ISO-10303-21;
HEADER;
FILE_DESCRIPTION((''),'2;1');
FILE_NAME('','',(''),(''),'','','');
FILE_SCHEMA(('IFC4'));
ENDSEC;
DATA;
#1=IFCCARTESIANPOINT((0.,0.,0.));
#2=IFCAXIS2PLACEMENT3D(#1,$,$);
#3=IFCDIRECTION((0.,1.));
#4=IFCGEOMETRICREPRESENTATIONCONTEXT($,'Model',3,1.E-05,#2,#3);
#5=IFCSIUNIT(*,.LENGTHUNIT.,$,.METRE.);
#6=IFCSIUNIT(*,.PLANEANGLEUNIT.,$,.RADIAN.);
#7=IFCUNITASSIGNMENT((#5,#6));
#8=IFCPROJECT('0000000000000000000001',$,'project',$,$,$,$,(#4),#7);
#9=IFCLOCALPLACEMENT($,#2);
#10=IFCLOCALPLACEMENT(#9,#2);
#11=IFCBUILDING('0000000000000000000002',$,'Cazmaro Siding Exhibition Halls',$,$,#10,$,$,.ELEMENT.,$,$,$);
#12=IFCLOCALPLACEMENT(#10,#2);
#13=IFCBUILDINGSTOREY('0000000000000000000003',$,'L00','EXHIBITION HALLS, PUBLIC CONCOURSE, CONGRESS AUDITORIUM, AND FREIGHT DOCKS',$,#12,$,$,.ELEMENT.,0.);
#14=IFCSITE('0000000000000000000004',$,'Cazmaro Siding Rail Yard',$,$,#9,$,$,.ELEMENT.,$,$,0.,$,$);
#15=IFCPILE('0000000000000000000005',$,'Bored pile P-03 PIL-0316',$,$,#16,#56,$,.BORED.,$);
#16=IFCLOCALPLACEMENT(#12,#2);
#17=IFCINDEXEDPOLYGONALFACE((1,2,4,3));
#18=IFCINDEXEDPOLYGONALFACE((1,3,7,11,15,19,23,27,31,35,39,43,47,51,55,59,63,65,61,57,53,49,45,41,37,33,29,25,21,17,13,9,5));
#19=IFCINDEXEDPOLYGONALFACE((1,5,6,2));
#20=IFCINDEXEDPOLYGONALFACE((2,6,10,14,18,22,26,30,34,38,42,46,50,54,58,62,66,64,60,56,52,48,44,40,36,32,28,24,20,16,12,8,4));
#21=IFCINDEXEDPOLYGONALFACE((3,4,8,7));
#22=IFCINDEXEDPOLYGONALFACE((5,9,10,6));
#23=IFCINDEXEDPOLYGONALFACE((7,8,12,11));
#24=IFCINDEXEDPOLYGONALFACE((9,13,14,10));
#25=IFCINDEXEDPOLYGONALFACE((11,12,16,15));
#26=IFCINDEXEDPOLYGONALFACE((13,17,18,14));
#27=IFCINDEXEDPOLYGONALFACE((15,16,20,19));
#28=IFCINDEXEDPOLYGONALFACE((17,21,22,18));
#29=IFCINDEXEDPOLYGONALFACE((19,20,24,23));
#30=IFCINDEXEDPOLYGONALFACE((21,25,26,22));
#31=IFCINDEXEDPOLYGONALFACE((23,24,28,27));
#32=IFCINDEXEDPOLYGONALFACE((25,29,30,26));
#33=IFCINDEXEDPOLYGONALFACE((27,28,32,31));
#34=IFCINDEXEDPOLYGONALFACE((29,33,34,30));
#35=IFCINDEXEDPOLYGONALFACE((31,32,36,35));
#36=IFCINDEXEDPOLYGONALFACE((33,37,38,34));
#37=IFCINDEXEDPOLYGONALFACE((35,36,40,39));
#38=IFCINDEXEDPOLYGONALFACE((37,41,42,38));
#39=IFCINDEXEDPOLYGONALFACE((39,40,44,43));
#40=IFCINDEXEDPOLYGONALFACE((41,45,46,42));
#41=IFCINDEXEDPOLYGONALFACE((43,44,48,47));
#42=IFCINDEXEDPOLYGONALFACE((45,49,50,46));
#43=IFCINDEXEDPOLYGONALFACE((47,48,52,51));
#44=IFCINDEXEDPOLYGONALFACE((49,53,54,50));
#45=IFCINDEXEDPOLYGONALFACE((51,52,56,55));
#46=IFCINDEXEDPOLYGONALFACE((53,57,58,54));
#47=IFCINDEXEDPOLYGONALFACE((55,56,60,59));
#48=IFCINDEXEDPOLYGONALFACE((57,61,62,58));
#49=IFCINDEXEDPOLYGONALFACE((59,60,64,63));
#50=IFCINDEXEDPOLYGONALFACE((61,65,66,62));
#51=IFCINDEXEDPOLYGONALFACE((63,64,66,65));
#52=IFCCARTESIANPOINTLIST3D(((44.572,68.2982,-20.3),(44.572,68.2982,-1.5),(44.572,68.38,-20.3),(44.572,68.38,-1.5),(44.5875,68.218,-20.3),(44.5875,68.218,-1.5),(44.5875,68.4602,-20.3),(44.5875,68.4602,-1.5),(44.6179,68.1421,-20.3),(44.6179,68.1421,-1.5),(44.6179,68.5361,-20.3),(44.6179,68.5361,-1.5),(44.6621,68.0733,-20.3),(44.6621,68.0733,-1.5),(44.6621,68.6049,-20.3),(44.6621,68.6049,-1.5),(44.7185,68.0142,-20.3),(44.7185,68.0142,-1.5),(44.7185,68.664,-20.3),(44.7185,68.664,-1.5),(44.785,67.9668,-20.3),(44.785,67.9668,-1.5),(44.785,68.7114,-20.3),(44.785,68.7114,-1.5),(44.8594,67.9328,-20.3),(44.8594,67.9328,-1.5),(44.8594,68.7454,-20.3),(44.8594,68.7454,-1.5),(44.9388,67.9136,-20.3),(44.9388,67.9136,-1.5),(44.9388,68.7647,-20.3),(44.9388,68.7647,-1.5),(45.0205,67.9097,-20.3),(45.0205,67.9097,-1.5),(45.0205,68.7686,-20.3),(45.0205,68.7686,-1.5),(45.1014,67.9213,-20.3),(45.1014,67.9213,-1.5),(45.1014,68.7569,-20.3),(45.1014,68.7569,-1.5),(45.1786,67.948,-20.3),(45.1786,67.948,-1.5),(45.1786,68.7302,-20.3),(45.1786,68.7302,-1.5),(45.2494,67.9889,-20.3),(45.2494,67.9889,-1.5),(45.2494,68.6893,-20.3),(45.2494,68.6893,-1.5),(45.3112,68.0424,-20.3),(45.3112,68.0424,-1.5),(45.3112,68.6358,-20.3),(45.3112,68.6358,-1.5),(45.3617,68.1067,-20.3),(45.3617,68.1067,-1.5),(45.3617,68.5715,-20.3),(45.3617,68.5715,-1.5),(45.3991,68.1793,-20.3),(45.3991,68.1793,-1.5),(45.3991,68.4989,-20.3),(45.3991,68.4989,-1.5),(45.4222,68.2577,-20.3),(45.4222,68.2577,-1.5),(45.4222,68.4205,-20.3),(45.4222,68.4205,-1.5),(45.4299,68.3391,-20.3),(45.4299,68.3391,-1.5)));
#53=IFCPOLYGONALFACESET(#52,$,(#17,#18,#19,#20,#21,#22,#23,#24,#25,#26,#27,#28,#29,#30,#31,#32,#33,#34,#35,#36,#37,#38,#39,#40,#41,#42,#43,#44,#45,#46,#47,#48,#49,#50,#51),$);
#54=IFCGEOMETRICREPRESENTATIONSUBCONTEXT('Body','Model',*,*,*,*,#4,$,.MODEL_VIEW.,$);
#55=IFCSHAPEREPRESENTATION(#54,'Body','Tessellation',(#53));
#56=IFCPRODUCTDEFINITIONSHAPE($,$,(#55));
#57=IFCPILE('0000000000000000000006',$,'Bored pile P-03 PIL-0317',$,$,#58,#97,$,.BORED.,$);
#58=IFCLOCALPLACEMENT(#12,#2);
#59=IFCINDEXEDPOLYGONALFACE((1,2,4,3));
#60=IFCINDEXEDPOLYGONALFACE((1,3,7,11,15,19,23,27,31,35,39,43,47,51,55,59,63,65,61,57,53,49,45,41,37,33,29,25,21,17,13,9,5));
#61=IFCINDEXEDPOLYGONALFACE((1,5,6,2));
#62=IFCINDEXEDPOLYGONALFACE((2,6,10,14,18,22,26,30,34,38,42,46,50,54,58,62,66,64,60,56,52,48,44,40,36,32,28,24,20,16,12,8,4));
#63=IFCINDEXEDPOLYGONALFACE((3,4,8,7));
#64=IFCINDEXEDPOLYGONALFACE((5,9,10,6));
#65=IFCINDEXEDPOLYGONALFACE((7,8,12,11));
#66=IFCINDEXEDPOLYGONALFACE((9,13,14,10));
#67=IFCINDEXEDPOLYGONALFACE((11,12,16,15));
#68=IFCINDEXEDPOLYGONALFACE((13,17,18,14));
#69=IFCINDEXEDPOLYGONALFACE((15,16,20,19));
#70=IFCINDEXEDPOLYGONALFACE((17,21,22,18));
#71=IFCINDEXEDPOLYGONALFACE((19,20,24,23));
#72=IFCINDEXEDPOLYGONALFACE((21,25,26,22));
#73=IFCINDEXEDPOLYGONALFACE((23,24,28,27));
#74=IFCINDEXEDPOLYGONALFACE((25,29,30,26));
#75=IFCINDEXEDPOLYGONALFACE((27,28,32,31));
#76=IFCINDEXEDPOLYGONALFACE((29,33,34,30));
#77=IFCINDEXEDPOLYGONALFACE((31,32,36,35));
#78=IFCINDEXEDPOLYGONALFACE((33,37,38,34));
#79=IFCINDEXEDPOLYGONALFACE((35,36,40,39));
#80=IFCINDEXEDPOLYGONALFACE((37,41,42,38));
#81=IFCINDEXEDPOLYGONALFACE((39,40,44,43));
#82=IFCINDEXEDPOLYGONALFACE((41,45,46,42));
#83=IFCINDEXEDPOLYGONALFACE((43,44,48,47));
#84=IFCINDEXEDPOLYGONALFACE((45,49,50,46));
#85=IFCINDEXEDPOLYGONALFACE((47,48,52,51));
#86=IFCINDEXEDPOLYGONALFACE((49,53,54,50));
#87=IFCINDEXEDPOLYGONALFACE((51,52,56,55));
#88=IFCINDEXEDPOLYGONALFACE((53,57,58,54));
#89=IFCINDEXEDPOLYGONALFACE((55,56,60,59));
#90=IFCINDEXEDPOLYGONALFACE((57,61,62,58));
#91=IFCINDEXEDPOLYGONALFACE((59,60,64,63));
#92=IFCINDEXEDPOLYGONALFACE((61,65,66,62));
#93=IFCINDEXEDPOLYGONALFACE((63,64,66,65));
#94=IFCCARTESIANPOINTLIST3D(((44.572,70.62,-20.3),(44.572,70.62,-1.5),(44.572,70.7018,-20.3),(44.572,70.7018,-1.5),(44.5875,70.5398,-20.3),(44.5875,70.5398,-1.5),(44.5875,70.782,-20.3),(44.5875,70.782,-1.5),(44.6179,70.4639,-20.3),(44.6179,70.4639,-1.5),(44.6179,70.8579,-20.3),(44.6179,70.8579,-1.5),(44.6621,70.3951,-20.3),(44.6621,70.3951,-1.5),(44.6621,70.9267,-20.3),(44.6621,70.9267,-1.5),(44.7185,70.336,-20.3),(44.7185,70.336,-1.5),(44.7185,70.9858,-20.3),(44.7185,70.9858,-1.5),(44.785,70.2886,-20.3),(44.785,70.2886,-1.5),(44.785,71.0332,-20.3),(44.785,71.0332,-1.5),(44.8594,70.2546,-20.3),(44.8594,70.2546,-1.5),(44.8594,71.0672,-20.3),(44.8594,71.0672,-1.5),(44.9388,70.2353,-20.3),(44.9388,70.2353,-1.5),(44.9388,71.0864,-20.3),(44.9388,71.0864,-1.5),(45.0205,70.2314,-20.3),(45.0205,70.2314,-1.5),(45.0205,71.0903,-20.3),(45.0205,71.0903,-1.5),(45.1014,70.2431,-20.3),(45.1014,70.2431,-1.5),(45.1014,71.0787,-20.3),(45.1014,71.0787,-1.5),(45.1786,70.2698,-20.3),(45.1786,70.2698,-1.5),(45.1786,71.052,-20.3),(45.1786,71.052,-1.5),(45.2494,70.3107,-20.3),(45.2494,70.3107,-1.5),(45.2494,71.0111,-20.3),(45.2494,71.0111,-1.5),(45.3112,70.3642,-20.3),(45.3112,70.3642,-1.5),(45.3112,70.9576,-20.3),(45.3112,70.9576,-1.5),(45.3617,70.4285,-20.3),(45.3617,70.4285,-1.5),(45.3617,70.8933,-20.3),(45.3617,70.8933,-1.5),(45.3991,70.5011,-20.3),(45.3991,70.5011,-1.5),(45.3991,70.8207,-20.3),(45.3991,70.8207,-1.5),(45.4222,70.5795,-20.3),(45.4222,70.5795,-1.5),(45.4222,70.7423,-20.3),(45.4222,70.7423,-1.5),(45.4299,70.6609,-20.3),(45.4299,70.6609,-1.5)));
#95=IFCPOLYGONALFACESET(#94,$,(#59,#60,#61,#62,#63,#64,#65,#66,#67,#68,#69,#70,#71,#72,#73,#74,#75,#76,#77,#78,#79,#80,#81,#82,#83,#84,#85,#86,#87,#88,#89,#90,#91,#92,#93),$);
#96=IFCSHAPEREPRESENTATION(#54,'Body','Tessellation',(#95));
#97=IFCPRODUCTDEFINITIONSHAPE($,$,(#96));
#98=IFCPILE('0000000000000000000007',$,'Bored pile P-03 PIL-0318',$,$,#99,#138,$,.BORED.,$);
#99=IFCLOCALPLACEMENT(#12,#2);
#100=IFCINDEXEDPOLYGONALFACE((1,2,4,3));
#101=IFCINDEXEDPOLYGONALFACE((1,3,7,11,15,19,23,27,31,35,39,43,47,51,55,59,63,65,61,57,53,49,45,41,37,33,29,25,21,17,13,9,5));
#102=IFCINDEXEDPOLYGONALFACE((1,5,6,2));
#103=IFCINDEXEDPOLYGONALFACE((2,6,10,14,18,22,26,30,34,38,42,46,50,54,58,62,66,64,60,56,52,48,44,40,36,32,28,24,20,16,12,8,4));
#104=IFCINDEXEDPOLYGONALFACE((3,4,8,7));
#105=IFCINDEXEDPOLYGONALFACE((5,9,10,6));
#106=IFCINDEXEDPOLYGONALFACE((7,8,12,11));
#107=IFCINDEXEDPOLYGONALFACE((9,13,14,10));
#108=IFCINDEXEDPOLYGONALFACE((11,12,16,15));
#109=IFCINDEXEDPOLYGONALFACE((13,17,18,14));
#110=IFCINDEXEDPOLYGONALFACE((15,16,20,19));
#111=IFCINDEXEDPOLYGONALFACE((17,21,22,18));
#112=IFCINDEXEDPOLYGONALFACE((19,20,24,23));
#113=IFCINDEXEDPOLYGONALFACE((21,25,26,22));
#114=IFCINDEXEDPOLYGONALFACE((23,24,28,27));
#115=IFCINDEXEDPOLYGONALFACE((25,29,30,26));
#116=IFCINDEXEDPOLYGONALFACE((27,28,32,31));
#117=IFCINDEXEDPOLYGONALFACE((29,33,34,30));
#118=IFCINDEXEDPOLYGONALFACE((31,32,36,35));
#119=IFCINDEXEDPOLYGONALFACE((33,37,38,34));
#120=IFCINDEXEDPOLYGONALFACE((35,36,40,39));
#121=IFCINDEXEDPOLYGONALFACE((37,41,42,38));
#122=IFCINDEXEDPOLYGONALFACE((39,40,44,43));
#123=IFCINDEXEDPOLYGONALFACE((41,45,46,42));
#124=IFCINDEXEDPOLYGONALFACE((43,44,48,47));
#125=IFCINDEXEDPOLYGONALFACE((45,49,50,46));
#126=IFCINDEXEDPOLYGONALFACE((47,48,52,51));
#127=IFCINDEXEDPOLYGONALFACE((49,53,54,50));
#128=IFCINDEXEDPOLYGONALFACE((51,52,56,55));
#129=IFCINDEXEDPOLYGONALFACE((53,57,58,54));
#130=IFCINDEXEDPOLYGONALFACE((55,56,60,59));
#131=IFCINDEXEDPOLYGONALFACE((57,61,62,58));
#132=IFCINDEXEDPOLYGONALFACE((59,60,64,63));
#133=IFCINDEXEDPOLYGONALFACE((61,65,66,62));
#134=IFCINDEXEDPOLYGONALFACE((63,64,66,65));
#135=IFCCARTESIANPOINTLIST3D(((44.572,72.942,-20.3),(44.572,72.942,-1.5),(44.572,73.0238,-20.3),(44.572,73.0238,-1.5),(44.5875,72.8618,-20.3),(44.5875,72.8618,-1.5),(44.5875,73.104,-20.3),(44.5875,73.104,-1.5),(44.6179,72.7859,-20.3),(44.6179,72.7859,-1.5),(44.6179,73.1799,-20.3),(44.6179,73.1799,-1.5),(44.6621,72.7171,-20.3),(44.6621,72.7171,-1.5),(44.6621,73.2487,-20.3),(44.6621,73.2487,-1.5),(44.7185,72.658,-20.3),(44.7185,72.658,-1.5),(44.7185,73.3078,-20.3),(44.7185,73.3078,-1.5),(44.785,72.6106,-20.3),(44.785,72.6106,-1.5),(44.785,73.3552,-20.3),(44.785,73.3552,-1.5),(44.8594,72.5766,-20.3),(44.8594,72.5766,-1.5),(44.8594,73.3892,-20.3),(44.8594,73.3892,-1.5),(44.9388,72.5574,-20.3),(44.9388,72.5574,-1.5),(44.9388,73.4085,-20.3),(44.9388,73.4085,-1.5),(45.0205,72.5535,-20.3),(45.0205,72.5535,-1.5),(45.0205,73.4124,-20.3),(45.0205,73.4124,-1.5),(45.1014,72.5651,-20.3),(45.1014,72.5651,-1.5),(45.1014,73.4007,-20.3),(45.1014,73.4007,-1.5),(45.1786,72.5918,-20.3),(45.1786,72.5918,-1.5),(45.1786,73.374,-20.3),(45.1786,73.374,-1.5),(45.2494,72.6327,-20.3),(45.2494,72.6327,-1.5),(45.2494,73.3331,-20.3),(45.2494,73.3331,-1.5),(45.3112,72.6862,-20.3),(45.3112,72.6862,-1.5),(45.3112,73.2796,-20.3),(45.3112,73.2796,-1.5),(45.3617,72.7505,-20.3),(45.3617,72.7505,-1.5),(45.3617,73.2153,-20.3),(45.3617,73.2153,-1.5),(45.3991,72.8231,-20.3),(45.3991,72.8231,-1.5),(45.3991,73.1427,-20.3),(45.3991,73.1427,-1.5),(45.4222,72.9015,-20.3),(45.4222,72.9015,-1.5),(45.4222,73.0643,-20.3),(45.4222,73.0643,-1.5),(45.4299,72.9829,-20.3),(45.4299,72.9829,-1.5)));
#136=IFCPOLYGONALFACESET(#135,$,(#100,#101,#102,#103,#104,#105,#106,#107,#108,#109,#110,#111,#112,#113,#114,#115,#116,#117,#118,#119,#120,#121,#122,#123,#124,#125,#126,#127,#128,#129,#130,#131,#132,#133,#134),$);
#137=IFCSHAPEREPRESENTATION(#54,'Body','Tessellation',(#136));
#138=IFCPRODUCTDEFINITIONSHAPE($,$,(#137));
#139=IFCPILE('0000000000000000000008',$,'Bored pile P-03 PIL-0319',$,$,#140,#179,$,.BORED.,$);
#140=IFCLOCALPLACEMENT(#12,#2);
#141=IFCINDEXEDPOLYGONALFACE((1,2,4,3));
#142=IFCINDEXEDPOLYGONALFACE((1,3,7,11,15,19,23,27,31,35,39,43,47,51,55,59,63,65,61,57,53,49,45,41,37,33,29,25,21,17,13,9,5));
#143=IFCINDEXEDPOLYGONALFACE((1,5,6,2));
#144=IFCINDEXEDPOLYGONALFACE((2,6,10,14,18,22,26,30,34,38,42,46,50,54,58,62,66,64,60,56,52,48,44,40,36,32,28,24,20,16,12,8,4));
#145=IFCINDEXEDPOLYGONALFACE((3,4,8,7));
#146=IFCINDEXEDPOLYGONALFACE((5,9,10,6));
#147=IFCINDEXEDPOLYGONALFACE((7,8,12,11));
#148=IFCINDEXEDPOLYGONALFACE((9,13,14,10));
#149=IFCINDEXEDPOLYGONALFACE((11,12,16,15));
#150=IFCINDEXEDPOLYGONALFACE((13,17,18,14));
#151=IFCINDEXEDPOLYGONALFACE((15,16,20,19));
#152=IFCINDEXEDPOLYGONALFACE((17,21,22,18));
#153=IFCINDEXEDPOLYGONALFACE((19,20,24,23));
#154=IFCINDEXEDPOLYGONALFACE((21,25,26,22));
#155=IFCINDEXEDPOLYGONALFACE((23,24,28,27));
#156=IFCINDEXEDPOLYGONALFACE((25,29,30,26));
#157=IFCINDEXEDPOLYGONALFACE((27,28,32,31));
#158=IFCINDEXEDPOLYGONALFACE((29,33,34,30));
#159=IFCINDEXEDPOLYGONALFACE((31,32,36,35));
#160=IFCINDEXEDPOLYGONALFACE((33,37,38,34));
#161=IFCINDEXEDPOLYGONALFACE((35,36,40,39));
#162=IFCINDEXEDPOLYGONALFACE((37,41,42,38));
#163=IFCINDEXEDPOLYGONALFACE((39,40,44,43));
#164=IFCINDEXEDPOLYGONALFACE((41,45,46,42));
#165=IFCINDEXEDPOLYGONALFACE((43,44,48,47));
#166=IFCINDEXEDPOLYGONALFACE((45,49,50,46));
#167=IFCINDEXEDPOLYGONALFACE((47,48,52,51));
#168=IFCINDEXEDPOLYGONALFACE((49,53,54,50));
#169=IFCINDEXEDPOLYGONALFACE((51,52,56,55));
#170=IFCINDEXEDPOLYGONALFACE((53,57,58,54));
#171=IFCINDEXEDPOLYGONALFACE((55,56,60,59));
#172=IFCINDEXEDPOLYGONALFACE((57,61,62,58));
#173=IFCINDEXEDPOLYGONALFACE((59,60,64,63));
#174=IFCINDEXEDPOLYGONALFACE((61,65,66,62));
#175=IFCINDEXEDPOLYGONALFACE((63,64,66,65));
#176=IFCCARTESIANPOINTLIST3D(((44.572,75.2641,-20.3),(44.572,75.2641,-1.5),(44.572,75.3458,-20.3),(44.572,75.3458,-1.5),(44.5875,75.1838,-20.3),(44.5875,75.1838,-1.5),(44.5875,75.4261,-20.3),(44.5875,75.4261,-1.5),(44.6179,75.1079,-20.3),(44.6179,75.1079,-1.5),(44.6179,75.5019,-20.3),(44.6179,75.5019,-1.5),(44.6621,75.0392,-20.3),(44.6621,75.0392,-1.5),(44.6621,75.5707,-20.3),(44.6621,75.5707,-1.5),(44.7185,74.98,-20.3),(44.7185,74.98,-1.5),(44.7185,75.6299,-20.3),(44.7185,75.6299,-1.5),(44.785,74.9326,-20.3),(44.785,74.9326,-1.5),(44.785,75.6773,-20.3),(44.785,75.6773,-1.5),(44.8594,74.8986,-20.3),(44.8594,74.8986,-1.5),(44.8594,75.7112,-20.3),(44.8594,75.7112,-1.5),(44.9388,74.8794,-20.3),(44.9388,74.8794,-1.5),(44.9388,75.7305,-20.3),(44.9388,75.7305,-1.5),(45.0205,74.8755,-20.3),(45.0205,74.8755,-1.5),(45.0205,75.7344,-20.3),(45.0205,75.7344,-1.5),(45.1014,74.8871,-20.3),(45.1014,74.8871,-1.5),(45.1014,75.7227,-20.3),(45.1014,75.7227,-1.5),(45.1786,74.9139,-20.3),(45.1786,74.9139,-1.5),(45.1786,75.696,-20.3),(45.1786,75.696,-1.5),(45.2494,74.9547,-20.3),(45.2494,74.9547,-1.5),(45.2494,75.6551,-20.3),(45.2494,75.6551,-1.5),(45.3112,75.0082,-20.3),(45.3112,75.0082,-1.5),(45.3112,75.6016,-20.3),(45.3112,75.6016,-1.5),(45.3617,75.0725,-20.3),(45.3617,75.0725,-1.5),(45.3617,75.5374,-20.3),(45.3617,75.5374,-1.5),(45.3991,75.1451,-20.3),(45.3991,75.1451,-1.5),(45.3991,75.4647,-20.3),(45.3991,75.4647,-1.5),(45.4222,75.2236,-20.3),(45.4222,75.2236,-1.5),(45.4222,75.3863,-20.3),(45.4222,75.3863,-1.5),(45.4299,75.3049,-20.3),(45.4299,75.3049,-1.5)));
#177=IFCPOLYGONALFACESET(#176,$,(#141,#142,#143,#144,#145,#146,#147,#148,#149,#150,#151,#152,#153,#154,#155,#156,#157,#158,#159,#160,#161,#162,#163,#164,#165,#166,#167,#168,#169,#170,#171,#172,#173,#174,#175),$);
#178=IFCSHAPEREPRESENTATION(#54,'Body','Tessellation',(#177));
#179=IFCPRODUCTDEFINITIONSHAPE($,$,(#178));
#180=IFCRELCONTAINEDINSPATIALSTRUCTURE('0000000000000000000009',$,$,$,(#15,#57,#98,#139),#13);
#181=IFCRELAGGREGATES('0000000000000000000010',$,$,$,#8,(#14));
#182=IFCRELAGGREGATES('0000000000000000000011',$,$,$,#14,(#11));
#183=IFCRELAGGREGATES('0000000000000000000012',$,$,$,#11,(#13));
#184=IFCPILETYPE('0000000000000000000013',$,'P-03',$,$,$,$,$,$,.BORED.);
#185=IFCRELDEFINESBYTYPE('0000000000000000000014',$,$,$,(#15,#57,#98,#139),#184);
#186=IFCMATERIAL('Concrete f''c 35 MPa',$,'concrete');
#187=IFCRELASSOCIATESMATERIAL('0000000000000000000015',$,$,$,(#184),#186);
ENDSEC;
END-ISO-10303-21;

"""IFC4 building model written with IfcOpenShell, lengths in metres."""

from ifc_helpers import new_model, si_unit, direction, frame, origin, origin_2d, place, context, subcontext, project, spatial, circle, extrude, material, material_profile, profile_set, type_object, element, save


model = new_model("IFC4")

# Units and contexts
model_context = context("Model", 3, precision=1e-05, world=origin(), true_north=direction((0.0, 1.0)))
body_context = subcontext(model_context, "Body", "Model", "MODEL_VIEW")
ifc_project = project(units=[si_unit("LENGTHUNIT", "METRE"), si_unit("PLANEANGLEUNIT", "RADIAN")], contexts=[model_context])

# Site, building, storey
site_placement = place(None, origin())
site = spatial("IfcSite", under=ifc_project, at=site_placement, Name="Cazmaro Siding Rail Yard", CompositionType="ELEMENT", RefElevation=0.0)
building_placement = place(site_placement, origin())
building = spatial("IfcBuilding", under=site, at=building_placement, Name="Cazmaro Siding Exhibition Halls", CompositionType="ELEMENT")
storey_placement = place(building_placement, origin())
storey = spatial("IfcBuildingStorey", under=building, at=storey_placement, Name="L00", Description="EXHIBITION HALLS, PUBLIC CONCOURSE, CONGRESS AUDITORIUM, AND FREIGHT DOCKS", CompositionType="ELEMENT", Elevation=0.0)

# Piles
ifc_material_1 = material(Name="Concrete f'c 35 MPa", Category="concrete")
ifc_material_profile_1 = material_profile(ifc_material_1, circle(Radius=0.4299, at=origin_2d()), Name="CIDH-860")
ifc_profile_set_1 = profile_set([ifc_material_profile_1], Name="Concrete f'c 35 MPa")
pile_type_1 = type_object("IfcPileType", Name="P-03", PredefinedType="BORED", material=ifc_profile_set_1)
for number, where, z_axis, x_axis, name in (
    (1, (45.0, 68.3391, -1.5), (0.0, 0.0, -1.0), (1.0, 0.0, 0.0), "Bored pile P-03 PIL-0316"),
    (2, (45.0, 70.6609, -1.5), (0.0, 0.0, -1.0), (1.0, 0.0, 0.0), "Bored pile P-03 PIL-0317"),
    (3, (45.0, 72.9829, -1.5), (0.0, 0.0, -1.0), (1.0, 0.0, 0.0), "Bored pile P-03 PIL-0318"),
    (4, (45.0, 75.3049, -1.5), (0.0, 0.0, -1.0), (1.0, 0.0, 0.0), "Bored pile P-03 PIL-0319"),
):
    element("IfcPile", number, at=place(storey_placement, frame(where, z_axis=z_axis, x_axis=x_axis)), inside=storey, type_object=pile_type_1, Name=name, PredefinedType="BORED", context=body_context, shape_type="SweptSolid", body=[
        extrude(circle(Radius=0.4299, at=origin_2d()), origin(), (0.0, 0.0, 1.0), 18.8),
    ])

save(model, "model.ifc")
